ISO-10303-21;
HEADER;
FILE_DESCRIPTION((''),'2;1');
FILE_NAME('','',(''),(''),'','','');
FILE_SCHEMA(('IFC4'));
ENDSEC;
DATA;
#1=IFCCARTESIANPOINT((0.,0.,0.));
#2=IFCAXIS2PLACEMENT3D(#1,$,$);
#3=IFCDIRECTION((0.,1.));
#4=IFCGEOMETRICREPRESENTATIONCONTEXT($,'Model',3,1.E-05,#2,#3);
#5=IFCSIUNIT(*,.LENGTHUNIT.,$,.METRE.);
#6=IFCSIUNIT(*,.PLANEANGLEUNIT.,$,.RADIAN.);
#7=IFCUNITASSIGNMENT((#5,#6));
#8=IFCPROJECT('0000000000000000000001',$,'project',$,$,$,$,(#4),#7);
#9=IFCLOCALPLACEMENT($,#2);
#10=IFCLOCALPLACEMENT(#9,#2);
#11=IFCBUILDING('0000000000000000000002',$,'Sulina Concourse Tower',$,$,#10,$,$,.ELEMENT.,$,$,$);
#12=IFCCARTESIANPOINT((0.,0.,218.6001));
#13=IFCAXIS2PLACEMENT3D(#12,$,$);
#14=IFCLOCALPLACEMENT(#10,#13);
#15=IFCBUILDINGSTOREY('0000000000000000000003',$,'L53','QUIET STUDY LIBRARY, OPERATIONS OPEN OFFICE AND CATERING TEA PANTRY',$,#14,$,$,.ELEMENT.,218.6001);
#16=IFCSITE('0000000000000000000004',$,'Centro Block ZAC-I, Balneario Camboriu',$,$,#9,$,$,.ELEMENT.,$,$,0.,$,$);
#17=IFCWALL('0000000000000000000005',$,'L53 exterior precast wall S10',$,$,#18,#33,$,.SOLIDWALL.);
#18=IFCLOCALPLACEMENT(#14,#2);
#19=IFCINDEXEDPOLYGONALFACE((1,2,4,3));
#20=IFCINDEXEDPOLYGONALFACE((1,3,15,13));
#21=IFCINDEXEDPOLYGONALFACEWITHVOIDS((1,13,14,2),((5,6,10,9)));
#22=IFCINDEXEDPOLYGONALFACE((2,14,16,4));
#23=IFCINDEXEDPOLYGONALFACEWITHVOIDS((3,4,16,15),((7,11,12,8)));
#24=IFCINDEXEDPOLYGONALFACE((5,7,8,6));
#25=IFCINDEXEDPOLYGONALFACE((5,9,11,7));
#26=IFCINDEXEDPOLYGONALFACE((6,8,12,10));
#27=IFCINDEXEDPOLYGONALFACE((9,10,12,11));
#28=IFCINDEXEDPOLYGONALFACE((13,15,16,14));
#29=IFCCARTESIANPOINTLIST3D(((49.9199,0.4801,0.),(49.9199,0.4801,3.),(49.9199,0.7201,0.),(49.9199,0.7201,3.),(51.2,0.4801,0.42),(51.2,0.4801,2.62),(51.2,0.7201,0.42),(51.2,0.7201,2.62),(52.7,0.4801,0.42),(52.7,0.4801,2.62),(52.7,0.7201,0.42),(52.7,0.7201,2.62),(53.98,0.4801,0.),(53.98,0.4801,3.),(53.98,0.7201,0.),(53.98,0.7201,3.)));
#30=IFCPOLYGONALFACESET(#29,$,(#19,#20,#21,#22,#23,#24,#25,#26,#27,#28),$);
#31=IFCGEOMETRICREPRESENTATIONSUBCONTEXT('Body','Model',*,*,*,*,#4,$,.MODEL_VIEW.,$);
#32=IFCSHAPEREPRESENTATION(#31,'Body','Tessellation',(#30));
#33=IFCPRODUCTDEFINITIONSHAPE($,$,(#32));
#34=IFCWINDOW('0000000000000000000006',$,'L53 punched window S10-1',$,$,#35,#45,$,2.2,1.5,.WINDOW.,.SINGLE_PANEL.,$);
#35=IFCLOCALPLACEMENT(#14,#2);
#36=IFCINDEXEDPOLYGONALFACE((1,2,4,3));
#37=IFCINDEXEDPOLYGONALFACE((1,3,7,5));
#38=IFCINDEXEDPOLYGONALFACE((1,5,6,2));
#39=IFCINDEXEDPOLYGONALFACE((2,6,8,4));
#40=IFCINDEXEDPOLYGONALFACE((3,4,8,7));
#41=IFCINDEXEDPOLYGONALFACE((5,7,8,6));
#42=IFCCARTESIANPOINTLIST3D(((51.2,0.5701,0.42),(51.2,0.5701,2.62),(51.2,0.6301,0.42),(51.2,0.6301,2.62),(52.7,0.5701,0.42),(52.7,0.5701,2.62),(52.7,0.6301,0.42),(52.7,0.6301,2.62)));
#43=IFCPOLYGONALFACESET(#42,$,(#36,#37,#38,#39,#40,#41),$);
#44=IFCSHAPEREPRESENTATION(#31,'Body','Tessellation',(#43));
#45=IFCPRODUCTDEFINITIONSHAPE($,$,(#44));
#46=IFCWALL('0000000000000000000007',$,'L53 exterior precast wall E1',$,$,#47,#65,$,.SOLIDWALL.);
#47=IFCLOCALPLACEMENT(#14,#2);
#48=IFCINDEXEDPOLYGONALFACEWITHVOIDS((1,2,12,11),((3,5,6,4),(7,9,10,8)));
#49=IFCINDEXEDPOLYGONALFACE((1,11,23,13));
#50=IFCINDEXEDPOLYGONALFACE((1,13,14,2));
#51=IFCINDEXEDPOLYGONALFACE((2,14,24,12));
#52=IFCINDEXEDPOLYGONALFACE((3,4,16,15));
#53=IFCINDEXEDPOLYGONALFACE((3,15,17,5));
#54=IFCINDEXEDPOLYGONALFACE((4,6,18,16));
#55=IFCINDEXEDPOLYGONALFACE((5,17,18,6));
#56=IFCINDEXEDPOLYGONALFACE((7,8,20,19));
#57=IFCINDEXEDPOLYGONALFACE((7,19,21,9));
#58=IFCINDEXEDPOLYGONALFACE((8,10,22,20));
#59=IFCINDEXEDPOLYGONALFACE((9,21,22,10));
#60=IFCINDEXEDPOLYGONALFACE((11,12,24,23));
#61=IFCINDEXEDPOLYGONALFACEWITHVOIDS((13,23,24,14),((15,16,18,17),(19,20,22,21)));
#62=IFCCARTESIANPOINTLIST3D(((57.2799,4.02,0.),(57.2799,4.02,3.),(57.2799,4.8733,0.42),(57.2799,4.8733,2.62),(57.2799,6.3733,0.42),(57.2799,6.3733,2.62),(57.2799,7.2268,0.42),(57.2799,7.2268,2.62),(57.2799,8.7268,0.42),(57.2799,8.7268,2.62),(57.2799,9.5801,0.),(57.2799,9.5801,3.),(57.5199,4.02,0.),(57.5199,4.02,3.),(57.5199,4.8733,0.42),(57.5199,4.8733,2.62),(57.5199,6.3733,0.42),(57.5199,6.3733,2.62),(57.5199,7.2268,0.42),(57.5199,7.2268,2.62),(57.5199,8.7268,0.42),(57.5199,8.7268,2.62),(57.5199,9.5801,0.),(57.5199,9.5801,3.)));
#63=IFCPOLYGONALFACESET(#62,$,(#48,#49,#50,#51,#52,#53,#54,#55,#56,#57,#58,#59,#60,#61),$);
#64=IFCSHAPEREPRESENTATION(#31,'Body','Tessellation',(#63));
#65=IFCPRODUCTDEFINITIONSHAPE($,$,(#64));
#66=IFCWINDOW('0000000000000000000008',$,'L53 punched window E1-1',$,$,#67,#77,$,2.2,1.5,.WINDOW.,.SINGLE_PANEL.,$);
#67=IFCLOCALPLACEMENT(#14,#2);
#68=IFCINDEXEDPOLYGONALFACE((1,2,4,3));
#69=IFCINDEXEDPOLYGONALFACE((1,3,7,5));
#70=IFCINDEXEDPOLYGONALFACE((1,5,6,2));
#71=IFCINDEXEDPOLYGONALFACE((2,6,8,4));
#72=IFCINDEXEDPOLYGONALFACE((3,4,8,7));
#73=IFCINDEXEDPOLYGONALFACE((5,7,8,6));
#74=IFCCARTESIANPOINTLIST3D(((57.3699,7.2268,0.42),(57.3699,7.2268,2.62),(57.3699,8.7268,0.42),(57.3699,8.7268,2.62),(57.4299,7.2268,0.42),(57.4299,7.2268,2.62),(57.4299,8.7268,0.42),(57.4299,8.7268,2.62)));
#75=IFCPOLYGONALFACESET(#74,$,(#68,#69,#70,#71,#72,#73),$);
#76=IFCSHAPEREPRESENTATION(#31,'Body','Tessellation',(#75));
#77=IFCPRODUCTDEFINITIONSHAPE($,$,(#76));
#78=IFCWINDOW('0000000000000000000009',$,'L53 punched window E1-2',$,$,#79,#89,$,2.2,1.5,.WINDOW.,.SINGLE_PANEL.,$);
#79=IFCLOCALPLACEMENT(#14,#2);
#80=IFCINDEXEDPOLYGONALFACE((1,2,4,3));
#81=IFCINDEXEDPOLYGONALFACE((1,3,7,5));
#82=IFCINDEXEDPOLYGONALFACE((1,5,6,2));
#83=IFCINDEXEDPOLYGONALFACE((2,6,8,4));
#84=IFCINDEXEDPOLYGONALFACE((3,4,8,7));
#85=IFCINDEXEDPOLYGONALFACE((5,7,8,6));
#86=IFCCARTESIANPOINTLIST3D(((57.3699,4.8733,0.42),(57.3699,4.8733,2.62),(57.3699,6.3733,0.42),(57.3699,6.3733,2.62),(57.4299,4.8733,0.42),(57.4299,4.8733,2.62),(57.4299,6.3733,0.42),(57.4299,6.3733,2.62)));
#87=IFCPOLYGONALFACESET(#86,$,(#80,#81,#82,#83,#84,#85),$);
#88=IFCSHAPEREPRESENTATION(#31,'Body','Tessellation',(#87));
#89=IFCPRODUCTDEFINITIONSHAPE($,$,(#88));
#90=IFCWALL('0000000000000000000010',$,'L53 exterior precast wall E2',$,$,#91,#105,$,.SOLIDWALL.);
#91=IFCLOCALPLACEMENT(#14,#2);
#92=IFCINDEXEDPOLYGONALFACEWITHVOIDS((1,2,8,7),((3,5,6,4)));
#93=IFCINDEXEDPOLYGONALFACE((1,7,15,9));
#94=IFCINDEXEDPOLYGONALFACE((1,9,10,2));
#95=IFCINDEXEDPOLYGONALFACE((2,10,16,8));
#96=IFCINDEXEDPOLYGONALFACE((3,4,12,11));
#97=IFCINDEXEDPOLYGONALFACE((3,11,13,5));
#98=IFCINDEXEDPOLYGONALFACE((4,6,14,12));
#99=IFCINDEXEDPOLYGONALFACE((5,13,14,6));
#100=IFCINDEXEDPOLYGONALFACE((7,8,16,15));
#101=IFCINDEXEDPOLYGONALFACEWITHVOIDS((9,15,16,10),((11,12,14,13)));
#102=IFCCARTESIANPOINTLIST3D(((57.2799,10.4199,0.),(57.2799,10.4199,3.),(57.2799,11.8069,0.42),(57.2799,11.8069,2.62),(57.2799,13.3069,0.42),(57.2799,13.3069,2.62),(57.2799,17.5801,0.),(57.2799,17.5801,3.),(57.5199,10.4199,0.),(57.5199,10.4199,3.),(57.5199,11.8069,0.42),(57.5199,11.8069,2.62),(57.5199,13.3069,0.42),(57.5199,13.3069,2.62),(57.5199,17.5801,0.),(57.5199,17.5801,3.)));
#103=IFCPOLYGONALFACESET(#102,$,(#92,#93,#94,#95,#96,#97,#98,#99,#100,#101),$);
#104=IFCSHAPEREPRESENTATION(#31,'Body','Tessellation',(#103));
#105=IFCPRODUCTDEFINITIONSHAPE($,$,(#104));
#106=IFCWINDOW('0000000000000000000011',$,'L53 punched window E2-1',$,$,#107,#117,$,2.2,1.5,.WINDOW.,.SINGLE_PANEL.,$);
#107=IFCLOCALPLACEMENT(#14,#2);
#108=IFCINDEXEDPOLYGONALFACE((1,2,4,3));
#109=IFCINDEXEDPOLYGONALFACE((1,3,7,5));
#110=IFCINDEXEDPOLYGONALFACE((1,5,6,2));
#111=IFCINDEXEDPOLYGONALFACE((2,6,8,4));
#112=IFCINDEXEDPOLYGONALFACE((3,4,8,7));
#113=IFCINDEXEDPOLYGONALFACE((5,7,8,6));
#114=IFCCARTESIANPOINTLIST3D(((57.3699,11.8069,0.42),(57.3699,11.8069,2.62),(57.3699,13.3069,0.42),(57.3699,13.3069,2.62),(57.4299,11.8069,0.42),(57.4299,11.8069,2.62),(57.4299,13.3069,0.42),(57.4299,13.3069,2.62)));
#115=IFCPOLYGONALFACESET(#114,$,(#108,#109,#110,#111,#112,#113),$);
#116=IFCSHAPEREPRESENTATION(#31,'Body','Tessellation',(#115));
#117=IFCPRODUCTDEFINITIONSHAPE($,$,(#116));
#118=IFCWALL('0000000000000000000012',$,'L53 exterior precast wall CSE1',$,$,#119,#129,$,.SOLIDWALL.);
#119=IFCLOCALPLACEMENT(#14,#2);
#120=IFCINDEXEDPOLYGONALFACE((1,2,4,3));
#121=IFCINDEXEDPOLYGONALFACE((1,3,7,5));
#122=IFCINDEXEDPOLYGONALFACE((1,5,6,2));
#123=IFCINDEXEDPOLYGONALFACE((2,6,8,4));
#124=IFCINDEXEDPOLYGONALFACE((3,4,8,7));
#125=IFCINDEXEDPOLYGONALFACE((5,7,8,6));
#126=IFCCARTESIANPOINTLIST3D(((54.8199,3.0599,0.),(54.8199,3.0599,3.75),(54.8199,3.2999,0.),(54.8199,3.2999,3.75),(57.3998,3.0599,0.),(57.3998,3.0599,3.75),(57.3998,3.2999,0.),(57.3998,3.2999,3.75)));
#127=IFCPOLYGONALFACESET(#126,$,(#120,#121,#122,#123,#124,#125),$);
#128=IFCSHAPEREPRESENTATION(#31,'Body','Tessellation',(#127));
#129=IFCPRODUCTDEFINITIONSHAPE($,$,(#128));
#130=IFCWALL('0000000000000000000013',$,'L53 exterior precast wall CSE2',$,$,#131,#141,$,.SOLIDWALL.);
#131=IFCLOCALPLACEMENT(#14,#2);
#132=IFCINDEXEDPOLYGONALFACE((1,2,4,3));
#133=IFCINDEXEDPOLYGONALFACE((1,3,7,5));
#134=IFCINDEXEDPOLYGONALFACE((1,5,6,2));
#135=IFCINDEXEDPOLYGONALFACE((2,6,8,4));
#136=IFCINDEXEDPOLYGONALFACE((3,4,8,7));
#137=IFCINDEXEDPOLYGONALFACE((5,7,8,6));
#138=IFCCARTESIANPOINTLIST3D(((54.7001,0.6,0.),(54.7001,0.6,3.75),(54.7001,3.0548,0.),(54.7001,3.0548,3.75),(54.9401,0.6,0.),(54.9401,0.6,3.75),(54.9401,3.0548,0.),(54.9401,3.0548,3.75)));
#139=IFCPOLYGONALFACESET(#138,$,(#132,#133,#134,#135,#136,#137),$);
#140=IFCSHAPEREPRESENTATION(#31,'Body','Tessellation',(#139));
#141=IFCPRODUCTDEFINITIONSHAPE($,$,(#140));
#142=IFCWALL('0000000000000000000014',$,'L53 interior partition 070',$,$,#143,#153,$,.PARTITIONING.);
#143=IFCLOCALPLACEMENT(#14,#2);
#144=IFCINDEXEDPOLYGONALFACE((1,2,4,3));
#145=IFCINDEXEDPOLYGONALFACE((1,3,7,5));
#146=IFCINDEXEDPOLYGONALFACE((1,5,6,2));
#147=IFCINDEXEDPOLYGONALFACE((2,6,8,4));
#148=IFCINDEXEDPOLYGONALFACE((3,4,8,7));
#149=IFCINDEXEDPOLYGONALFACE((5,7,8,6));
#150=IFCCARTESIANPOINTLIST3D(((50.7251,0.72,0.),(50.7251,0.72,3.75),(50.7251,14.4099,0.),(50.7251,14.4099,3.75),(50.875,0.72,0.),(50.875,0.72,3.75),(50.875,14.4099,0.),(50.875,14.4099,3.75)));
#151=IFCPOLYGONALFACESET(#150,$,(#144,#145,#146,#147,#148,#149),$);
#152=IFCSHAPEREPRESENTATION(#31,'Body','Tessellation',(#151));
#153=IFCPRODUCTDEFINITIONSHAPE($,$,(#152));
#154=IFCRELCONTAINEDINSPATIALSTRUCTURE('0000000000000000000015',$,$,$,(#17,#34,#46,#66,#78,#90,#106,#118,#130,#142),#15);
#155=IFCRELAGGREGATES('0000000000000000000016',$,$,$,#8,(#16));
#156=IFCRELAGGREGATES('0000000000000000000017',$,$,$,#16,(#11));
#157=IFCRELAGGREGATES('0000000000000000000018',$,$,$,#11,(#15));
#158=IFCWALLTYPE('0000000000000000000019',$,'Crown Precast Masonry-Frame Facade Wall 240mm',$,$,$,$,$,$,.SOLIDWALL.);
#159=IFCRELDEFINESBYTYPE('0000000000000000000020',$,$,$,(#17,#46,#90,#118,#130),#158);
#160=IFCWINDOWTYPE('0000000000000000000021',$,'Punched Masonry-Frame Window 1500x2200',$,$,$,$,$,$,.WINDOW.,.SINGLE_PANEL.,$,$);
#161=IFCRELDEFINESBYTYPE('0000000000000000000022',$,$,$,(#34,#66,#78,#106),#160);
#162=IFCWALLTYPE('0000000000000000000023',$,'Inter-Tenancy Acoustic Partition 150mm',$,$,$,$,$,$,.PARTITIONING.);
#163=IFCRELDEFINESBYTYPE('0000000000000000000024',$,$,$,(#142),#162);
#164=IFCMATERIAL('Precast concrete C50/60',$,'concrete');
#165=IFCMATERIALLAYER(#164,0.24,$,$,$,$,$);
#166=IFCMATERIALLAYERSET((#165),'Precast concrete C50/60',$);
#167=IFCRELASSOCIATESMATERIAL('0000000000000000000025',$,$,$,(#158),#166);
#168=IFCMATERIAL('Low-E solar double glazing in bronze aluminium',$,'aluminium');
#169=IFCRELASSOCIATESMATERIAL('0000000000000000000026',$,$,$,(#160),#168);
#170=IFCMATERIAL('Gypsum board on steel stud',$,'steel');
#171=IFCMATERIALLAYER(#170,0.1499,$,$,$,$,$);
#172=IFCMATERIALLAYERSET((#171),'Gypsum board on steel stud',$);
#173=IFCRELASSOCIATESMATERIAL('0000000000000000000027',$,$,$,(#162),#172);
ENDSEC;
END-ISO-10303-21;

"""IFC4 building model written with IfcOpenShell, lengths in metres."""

from ifc_helpers import new_model, si_unit, direction, frame, frame_2d, origin, place, context, subcontext, project, spatial, rectangle, extrude, material, layer, layer_set, type_object, element, fill, save


model = new_model("IFC4")

# Units and contexts
model_context = context("Model", 3, precision=1e-05, world=origin(), true_north=direction((0.0, 1.0)))
body_context = subcontext(model_context, "Body", "Model", "MODEL_VIEW")
ifc_project = project(units=[si_unit("LENGTHUNIT", "METRE"), si_unit("PLANEANGLEUNIT", "RADIAN")], contexts=[model_context])

# Site, building, storey
site_placement = place(None, origin())
site = spatial("IfcSite", under=ifc_project, at=site_placement, Name="Centro Block ZAC-I, Balneario Camboriu", CompositionType="ELEMENT", RefElevation=0.0)
building_placement = place(site_placement, origin())
building = spatial("IfcBuilding", under=site, at=building_placement, Name="Sulina Concourse Tower", CompositionType="ELEMENT")
storey_placement = place(building_placement, frame((0.0, 0.0, 218.6001)))
storey = spatial("IfcBuildingStorey", under=building, at=storey_placement, Name="L53", Description="QUIET STUDY LIBRARY, OPERATIONS OPEN OFFICE AND CATERING TEA PANTRY", CompositionType="ELEMENT", Elevation=218.6001)

# Shared definitions
ifc_material_1 = material(Name="Precast concrete C50/60", Category="concrete")
ifc_layer_1 = layer(ifc_material_1, 0.24)
ifc_layer_set_1 = layer_set([ifc_layer_1], Name="Precast concrete C50/60")
wall_type_1 = type_object("IfcWallType", Name="Crown Precast Masonry-Frame Facade Wall 240mm", PredefinedType="SOLIDWALL", material=ifc_layer_set_1)

# Wall, opening, window
wall_1_placement = place(storey_placement, frame((53.98, 0.6001, 0.0), z_axis=(0.0, 0.0, 1.0), x_axis=(-1.0, 0.0, 0.0)))
wall_1 = element("IfcWall", 1, at=wall_1_placement, inside=storey, type_object=wall_type_1, Name="L53 exterior precast wall S10", PredefinedType="SOLIDWALL", context=body_context, shape_type="SweptSolid", body=[
    extrude(rectangle(XDim=4.0601, YDim=0.24, at=frame_2d((2.03, 0.0))), origin(), (0.0, 0.0, 1.0), 3.0),
])
opening_1_placement = place(wall_1_placement, frame((1.28, 0.0, 0.4199)))
opening_1 = element("IfcOpeningElement", 2, at=opening_1_placement, cuts=wall_1, PredefinedType="OPENING", context=body_context, shape_type="SweptSolid", body=[
    extrude(rectangle(XDim=1.5, YDim=2.2, at=frame_2d((0.75, 1.1001))), frame((0.0, 0.1299, 0.0), z_axis=(0.0, -1.0, 0.0), x_axis=(1.0, 0.0, 0.0)), (0.0, 0.0, 1.0), 0.26),
])
ifc_material_2 = material(Name="Low-E solar double glazing in bronze aluminium", Category="aluminium")
window_type = type_object("IfcWindowType", Name="Punched Masonry-Frame Window 1500x2200", PartitioningType="SINGLE_PANEL", PredefinedType="WINDOW", material=ifc_material_2)
window_1_placement = place(opening_1_placement, origin())
window_1 = element("IfcWindow", 3, at=window_1_placement, inside=storey, type_object=window_type, Name="L53 punched window S10-1", OverallHeight=2.2, OverallWidth=1.5, PartitioningType="SINGLE_PANEL", PredefinedType="WINDOW", context=body_context, shape_type="SweptSolid", body=[
    extrude(rectangle(XDim=1.5, YDim=2.2, at=frame_2d((0.75, 1.1001))), frame((0.0, 0.03, 0.0), z_axis=(0.0, -1.0, 0.0), x_axis=(1.0, 0.0, 0.0)), (0.0, 0.0, 1.0), 0.0601),
])
fill(opening_1, window_1)

# Wall, openings, windows
wall_2_placement = place(storey_placement, frame((57.3999, 9.5801, 0.0), z_axis=(0.0, 0.0, 1.0), x_axis=(0.0, -1.0, 0.0)))
wall_2 = element("IfcWall", 4, at=wall_2_placement, inside=storey, type_object=wall_type_1, Name="L53 exterior precast wall E1", PredefinedType="SOLIDWALL", context=body_context, shape_type="SweptSolid", body=[
    extrude(rectangle(XDim=5.5601, YDim=0.24, at=frame_2d((2.78, 0.0))), origin(), (0.0, 0.0, 1.0), 3.0),
])
opening_2_placement = place(wall_2_placement, frame((0.8533, 0.0, 0.4199)))
opening_2 = element("IfcOpeningElement", 5, at=opening_2_placement, cuts=wall_2, PredefinedType="OPENING", context=body_context, shape_type="SweptSolid", body=[
    extrude(rectangle(XDim=1.5, YDim=2.2, at=frame_2d((0.75, 1.1001))), frame((0.0, 0.1299, 0.0), z_axis=(0.0, -1.0, 0.0), x_axis=(1.0, 0.0, 0.0)), (0.0, 0.0, 1.0), 0.26),
])
opening_3_placement = place(wall_2_placement, frame((3.2068, 0.0, 0.4199)))
opening_3 = element("IfcOpeningElement", 6, at=opening_3_placement, cuts=wall_2, PredefinedType="OPENING", context=body_context, shape_type="SweptSolid", body=[
    extrude(rectangle(XDim=1.5, YDim=2.2, at=frame_2d((0.75, 1.1001))), frame((0.0, 0.1299, 0.0), z_axis=(0.0, -1.0, 0.0), x_axis=(1.0, 0.0, 0.0)), (0.0, 0.0, 1.0), 0.26),
])
window_2_placement = place(opening_2_placement, origin())
window_2 = element("IfcWindow", 7, at=window_2_placement, inside=storey, type_object=window_type, Name="L53 punched window E1-1", OverallHeight=2.2, OverallWidth=1.5, PartitioningType="SINGLE_PANEL", PredefinedType="WINDOW", context=body_context, shape_type="SweptSolid", body=[
    extrude(rectangle(XDim=1.5, YDim=2.2, at=frame_2d((0.75, 1.1001))), frame((0.0, 0.03, 0.0), z_axis=(0.0, -1.0, 0.0), x_axis=(1.0, 0.0, 0.0)), (0.0, 0.0, 1.0), 0.0601),
])
fill(opening_2, window_2)
window_3_placement = place(opening_3_placement, origin())
window_3 = element("IfcWindow", 8, at=window_3_placement, inside=storey, type_object=window_type, Name="L53 punched window E1-2", OverallHeight=2.2, OverallWidth=1.5, PartitioningType="SINGLE_PANEL", PredefinedType="WINDOW", context=body_context, shape_type="SweptSolid", body=[
    extrude(rectangle(XDim=1.5, YDim=2.2, at=frame_2d((0.75, 1.1001))), frame((0.0, 0.03, 0.0), z_axis=(0.0, -1.0, 0.0), x_axis=(1.0, 0.0, 0.0)), (0.0, 0.0, 1.0), 0.0601),
])
fill(opening_3, window_3)

# Wall, opening, window
wall_3_placement = place(storey_placement, frame((57.3999, 17.5801, 0.0), z_axis=(0.0, 0.0, 1.0), x_axis=(0.0, -1.0, 0.0)))
wall_3 = element("IfcWall", 9, at=wall_3_placement, inside=storey, type_object=wall_type_1, Name="L53 exterior precast wall E2", PredefinedType="SOLIDWALL", context=body_context, shape_type="SweptSolid", body=[
    extrude(rectangle(XDim=7.1602, YDim=0.24, at=frame_2d((3.5801, 0.0))), origin(), (0.0, 0.0, 1.0), 3.0),
])
opening_4_placement = place(wall_3_placement, frame((4.2732, 0.0, 0.4199)))
opening_4 = element("IfcOpeningElement", 10, at=opening_4_placement, cuts=wall_3, PredefinedType="OPENING", context=body_context, shape_type="SweptSolid", body=[
    extrude(rectangle(XDim=1.5, YDim=2.2, at=frame_2d((0.75, 1.1001))), frame((0.0, 0.1299, 0.0), z_axis=(0.0, -1.0, 0.0), x_axis=(1.0, 0.0, 0.0)), (0.0, 0.0, 1.0), 0.26),
])
window_4_placement = place(opening_4_placement, origin())
window_4 = element("IfcWindow", 11, at=window_4_placement, inside=storey, type_object=window_type, Name="L53 punched window E2-1", OverallHeight=2.2, OverallWidth=1.5, PartitioningType="SINGLE_PANEL", PredefinedType="WINDOW", context=body_context, shape_type="SweptSolid", body=[
    extrude(rectangle(XDim=1.5, YDim=2.2, at=frame_2d((0.75, 1.1001))), frame((0.0, 0.03, 0.0), z_axis=(0.0, -1.0, 0.0), x_axis=(1.0, 0.0, 0.0)), (0.0, 0.0, 1.0), 0.0601),
])
fill(opening_4, window_4)

# Walls
wall_4_placement = place(storey_placement, frame((57.3999, 3.1799, 0.0), z_axis=(0.0, 0.0, 1.0), x_axis=(-1.0, 0.0, 0.0)))
element("IfcWall", 12, at=wall_4_placement, inside=storey, type_object=wall_type_1, Name="L53 exterior precast wall CSE1", PredefinedType="SOLIDWALL", context=body_context, shape_type="SweptSolid", body=[
    extrude(rectangle(XDim=2.5798, YDim=0.24, at=frame_2d((1.29, 0.0))), origin(), (0.0, 0.0, 1.0), 3.75),
])
wall_5_placement = place(storey_placement, frame((54.8201, 3.0549, 0.0), z_axis=(0.0, 0.0, 1.0), x_axis=(0.0, -1.0, 0.0)))
element("IfcWall", 13, at=wall_5_placement, inside=storey, type_object=wall_type_1, Name="L53 exterior precast wall CSE2", PredefinedType="SOLIDWALL", context=body_context, shape_type="SweptSolid", body=[
    extrude(rectangle(XDim=2.4548, YDim=0.24, at=frame_2d((1.2275, 0.0))), origin(), (0.0, 0.0, 1.0), 3.75),
])
ifc_material_3 = material(Name="Gypsum board on steel stud", Category="steel")
ifc_layer_2 = layer(ifc_material_3, 0.1499)
ifc_layer_set_2 = layer_set([ifc_layer_2], Name="Gypsum board on steel stud")
wall_type_2 = type_object("IfcWallType", Name="Inter-Tenancy Acoustic Partition 150mm", PredefinedType="PARTITIONING", material=ifc_layer_set_2)
wall_6_placement = place(storey_placement, frame((50.8, 0.72, 0.0), z_axis=(0.0, 0.0, 1.0), x_axis=(0.0, 1.0, 0.0)))
element("IfcWall", 14, at=wall_6_placement, inside=storey, type_object=wall_type_2, Name="L53 interior partition 070", PredefinedType="PARTITIONING", context=body_context, shape_type="SweptSolid", body=[
    extrude(rectangle(XDim=13.6899, YDim=0.1499, at=frame_2d((6.845, 0.0))), origin(), (0.0, 0.0, 1.0), 3.75),
])

save(model, "model.ifc")
